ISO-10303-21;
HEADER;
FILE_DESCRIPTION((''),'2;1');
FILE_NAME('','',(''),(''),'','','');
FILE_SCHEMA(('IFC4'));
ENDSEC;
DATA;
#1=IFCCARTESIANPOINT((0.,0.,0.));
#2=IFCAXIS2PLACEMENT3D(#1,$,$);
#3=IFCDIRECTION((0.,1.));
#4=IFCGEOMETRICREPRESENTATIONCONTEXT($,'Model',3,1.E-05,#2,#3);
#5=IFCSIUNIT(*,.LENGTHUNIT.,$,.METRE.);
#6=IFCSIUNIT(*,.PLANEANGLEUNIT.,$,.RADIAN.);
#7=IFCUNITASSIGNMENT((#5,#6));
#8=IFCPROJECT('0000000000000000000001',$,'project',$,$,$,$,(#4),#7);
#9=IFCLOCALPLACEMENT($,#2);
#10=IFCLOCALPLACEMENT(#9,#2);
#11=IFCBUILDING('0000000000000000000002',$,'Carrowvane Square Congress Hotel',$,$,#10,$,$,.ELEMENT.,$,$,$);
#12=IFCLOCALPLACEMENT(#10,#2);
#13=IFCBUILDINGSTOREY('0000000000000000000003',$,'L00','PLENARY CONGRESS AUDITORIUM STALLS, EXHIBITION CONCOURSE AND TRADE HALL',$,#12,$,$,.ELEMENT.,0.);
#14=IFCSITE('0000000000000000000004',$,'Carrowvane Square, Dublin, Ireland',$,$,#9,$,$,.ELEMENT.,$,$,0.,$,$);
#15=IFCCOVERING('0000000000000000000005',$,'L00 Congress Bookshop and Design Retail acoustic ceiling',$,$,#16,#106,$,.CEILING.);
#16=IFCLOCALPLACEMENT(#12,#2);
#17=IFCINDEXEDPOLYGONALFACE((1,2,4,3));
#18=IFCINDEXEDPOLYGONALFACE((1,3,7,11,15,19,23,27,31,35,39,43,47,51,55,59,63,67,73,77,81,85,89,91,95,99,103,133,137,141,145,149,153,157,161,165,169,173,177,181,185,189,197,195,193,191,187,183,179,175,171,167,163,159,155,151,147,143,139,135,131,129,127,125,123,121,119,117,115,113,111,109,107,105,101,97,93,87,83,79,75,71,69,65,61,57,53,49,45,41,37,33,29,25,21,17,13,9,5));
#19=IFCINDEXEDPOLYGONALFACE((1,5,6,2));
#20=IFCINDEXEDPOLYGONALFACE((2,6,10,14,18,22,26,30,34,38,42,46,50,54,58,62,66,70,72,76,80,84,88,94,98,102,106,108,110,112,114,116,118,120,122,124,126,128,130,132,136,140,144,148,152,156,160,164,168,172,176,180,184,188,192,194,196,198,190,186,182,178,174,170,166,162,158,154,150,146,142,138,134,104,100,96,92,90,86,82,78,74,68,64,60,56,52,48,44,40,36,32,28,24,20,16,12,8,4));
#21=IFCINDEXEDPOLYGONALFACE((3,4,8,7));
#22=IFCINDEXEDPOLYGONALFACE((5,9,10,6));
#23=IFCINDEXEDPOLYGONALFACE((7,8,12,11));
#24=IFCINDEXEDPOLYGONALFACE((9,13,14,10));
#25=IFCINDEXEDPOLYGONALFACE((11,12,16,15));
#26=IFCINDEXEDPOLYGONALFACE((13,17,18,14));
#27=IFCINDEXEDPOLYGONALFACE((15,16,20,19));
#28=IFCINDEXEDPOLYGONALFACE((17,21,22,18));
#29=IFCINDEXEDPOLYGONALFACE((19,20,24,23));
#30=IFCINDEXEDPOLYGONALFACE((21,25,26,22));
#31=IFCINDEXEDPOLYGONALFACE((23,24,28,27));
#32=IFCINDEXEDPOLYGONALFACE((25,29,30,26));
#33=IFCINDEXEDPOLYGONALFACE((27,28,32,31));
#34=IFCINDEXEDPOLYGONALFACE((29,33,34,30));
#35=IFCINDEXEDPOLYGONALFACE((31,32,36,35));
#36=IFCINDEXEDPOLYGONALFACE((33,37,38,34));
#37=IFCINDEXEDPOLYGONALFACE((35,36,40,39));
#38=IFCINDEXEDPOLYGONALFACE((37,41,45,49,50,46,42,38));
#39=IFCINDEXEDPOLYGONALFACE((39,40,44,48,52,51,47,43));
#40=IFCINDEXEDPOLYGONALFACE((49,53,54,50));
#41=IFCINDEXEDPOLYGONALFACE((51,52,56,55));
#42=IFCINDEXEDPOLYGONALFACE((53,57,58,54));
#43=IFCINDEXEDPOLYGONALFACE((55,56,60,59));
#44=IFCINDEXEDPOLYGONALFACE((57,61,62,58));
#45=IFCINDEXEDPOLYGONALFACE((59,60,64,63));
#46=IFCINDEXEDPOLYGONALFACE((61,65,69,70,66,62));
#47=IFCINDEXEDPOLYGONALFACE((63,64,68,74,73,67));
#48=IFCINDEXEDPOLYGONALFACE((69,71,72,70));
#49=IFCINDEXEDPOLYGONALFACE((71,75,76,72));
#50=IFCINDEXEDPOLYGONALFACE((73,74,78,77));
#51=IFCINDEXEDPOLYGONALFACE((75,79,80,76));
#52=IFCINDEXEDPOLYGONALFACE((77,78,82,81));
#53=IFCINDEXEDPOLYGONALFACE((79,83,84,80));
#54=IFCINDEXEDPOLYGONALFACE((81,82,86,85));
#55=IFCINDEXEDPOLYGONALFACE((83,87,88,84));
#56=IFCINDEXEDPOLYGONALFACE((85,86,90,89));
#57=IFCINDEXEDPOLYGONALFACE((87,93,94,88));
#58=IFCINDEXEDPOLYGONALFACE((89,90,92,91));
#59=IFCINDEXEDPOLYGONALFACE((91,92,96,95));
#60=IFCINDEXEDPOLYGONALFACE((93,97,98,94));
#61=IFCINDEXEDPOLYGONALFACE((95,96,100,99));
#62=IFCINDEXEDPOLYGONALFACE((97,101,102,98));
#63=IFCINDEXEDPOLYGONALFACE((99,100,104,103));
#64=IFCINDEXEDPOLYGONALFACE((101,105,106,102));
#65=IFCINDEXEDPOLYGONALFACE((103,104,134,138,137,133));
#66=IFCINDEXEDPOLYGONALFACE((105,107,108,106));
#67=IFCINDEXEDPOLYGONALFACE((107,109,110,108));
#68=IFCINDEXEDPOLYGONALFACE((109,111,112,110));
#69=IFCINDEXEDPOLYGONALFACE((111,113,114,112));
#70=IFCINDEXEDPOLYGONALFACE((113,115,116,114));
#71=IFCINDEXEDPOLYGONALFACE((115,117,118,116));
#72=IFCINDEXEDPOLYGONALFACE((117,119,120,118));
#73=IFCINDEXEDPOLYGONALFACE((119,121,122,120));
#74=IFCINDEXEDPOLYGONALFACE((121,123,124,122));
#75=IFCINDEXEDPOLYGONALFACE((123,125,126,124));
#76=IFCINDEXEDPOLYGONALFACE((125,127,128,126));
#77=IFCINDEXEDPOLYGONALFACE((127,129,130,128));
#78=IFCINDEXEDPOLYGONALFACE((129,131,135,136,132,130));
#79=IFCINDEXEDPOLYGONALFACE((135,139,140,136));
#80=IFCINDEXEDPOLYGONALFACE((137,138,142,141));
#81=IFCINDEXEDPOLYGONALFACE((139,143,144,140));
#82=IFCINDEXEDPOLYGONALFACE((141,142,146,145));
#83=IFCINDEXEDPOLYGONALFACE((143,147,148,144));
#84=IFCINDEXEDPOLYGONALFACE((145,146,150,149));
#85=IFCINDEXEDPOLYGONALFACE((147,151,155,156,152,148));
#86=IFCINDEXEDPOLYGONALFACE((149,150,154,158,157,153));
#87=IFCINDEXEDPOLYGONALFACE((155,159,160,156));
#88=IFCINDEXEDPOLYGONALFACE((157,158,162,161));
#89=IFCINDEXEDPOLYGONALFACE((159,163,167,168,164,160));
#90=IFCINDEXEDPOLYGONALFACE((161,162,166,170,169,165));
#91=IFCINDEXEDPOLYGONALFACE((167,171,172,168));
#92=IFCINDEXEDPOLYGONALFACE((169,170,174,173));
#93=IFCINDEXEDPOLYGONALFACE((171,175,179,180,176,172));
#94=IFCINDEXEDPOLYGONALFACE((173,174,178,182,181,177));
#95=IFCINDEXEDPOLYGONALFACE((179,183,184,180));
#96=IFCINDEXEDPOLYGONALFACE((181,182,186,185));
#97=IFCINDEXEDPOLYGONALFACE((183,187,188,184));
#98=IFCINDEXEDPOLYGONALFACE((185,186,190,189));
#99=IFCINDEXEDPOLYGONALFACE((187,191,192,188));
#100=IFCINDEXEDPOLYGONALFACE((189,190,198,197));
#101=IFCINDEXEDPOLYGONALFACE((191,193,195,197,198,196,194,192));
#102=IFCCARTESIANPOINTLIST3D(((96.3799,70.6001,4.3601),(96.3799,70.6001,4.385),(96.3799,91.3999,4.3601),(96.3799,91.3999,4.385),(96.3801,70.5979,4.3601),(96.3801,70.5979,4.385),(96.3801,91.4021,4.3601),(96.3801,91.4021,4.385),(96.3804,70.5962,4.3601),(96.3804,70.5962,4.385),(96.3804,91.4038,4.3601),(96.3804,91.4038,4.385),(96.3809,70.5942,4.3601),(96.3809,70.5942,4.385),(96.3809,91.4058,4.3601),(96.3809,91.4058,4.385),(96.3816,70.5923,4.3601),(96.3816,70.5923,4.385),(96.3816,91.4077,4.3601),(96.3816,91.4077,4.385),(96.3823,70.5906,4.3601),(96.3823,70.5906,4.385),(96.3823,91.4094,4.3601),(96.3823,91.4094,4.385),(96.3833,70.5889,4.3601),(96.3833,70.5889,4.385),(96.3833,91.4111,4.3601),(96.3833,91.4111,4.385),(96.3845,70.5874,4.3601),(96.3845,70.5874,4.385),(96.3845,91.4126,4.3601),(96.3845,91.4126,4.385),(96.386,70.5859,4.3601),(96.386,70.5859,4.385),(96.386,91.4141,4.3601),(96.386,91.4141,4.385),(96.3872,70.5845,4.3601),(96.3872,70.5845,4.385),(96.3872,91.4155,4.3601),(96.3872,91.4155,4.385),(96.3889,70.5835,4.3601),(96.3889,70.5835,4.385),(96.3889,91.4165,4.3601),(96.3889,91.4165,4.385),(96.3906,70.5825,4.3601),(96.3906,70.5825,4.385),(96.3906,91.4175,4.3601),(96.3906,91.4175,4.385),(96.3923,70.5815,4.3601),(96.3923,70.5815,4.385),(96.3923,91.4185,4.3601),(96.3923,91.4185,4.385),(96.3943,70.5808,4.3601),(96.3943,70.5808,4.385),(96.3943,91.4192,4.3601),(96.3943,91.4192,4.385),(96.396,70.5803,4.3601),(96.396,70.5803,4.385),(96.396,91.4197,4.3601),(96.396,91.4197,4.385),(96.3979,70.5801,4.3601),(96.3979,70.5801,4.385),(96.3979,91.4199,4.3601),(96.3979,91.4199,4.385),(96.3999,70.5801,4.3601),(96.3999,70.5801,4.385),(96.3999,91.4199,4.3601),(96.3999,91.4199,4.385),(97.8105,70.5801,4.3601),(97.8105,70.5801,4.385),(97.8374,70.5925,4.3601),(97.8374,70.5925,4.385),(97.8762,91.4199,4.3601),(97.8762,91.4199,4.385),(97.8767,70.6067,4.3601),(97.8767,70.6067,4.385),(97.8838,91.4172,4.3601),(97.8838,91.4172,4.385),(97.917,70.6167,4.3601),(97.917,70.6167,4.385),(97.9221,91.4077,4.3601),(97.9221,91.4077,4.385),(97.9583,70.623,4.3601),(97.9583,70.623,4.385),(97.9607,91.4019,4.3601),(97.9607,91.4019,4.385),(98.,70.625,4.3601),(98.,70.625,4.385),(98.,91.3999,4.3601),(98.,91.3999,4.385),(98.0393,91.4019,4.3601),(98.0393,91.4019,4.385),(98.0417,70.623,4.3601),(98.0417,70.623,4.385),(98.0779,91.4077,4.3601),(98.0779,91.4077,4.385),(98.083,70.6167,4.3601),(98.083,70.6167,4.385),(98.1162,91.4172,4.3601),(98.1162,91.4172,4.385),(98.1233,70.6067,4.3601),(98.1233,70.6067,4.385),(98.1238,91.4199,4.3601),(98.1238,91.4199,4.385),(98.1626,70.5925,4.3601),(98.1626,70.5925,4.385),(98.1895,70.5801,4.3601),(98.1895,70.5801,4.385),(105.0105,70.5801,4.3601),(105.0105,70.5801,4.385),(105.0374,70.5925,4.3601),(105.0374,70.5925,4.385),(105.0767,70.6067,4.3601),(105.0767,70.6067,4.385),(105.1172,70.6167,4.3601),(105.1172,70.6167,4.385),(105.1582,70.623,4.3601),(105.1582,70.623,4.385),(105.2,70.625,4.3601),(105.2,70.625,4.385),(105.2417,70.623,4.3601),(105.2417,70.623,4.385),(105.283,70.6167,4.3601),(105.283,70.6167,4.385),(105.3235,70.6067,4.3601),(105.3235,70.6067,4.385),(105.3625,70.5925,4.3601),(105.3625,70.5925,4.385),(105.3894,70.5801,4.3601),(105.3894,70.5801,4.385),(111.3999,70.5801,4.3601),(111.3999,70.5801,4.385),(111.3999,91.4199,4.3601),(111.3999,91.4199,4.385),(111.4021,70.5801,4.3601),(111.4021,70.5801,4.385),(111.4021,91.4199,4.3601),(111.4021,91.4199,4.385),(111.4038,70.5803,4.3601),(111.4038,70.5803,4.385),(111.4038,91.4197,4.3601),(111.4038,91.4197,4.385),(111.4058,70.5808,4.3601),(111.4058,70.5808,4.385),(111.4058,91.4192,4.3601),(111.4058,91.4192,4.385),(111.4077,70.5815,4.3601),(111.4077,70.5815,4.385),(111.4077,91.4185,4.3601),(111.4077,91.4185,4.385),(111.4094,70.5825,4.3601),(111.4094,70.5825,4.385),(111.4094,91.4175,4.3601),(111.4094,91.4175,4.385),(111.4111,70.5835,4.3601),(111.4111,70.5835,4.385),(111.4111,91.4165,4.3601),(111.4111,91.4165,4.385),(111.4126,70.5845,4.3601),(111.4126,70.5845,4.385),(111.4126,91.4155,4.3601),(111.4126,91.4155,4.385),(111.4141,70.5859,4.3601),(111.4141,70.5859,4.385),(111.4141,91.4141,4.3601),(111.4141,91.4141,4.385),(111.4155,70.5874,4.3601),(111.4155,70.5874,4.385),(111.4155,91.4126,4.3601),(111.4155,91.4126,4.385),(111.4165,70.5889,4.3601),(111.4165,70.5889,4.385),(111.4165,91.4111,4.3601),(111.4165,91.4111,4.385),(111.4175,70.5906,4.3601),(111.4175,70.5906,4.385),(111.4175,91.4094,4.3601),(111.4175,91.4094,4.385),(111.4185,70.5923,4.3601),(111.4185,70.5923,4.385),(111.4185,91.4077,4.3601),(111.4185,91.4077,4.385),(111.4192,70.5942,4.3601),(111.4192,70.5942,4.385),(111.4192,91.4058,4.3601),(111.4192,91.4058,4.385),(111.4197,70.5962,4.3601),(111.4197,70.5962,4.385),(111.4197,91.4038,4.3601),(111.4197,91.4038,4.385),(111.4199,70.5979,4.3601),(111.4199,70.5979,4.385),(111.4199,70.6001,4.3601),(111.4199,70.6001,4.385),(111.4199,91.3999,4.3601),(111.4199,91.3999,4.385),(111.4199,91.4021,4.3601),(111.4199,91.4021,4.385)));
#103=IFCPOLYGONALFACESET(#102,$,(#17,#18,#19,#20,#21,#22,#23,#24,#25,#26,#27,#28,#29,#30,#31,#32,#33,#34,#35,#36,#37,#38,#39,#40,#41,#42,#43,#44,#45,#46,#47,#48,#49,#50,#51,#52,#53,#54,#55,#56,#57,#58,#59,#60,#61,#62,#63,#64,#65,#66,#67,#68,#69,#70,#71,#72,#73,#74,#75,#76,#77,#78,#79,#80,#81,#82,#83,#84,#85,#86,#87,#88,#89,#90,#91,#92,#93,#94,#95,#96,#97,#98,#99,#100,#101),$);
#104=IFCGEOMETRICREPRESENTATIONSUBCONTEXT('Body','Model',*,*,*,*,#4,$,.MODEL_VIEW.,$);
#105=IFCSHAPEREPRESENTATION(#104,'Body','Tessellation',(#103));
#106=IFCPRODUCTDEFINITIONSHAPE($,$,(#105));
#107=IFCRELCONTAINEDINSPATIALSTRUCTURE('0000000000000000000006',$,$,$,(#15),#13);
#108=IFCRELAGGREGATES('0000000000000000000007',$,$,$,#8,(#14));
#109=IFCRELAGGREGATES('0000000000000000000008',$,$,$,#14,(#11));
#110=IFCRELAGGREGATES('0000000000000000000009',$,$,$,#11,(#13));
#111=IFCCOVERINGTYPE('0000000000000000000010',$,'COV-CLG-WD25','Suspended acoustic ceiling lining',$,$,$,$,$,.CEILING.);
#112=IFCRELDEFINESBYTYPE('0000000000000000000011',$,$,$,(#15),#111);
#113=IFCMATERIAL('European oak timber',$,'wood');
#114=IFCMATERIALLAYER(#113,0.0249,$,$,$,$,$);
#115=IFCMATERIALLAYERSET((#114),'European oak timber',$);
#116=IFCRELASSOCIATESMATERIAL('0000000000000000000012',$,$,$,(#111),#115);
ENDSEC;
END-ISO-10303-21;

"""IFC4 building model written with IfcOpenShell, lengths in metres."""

from ifc_helpers import new_model, si_unit, direction, frame, origin, place, context, subcontext, project, spatial, polyline, outline, extrude, material, layer, layer_set, type_object, element, save


model = new_model("IFC4")

# Units and contexts
model_context = context("Model", 3, precision=1e-05, world=origin(), true_north=direction((0.0, 1.0)))
body_context = subcontext(model_context, "Body", "Model", "MODEL_VIEW")
ifc_project = project(units=[si_unit("LENGTHUNIT", "METRE"), si_unit("PLANEANGLEUNIT", "RADIAN")], contexts=[model_context])

# Site, building, storey
site_placement = place(None, origin())
site = spatial("IfcSite", under=ifc_project, at=site_placement, Name="Carrowvane Square, Dublin, Ireland", CompositionType="ELEMENT", RefElevation=0.0)
building_placement = place(site_placement, origin())
building = spatial("IfcBuilding", under=site, at=building_placement, Name="Carrowvane Square Congress Hotel", CompositionType="ELEMENT")
storey_placement = place(building_placement, origin())
storey = spatial("IfcBuildingStorey", under=building, at=storey_placement, Name="L00", Description="PLENARY CONGRESS AUDITORIUM STALLS, EXHIBITION CONCOURSE AND TRADE HALL", CompositionType="ELEMENT", Elevation=0.0)

# Covering
ifc_material_1 = material(Name="European oak timber", Category="wood")
ifc_layer_1 = layer(ifc_material_1, 0.0249)
ifc_layer_set_1 = layer_set([ifc_layer_1], Name="European oak timber")
covering_type_1 = type_object("IfcCoveringType", Name="COV-CLG-WD25", Description="Suspended acoustic ceiling lining", PredefinedType="CEILING", material=ifc_layer_set_1)
covering_1_placement = place(storey_placement, frame((0.0, 0.0, 4.3601)))
element("IfcCovering", 1, at=covering_1_placement, inside=storey, type_object=covering_type_1, Name="L00 Congress Bookshop and Design Retail acoustic ceiling", PredefinedType="CEILING", context=body_context, shape_type="SweptSolid", body=[
    extrude(outline(polyline([(111.4192, 91.4058), (111.4197, 91.4038), (111.4199, 91.4021), (111.4199, 91.3999), (111.4199, 70.6001), (111.4199, 70.5979), (111.4197, 70.5962), (111.4192, 70.5942), (111.4185, 70.5923), (111.4175, 70.5906), (111.4165, 70.5889), (111.4155, 70.5874), (111.4141, 70.5859), (111.4126, 70.5845), (111.4111, 70.5835), (111.4094, 70.5825), (111.4077, 70.5815), (111.4058, 70.5808), (111.4038, 70.5803), (111.4021, 70.5801), (111.3999, 70.5801), (105.3894, 70.5801), (105.3625, 70.5925), (105.3235, 70.6067), (105.283, 70.6167), (105.2417, 70.623), (105.2, 70.625), (105.1582, 70.623), (105.1172, 70.6167), (105.0767, 70.6067), (105.0374, 70.5925), (105.0105, 70.5801), (98.1895, 70.5801), (98.1626, 70.5925), (98.1233, 70.6067), (98.083, 70.6167), (98.0417, 70.623), (98.0, 70.625), (97.9583, 70.623), (97.917, 70.6167), (97.8767, 70.6067), (97.8374, 70.5925), (97.8105, 70.5801), (96.3999, 70.5801), (96.3979, 70.5801), (96.396, 70.5803), (96.3943, 70.5808), (96.3923, 70.5815), (96.3906, 70.5825), (96.3889, 70.5835), (96.3872, 70.5845), (96.386, 70.5859), (96.3845, 70.5874), (96.3833, 70.5889), (96.3823, 70.5906), (96.3816, 70.5923), (96.3809, 70.5942), (96.3804, 70.5962), (96.3801, 70.5979), (96.3799, 70.6001), (96.3799, 91.3999), (96.3801, 91.4021), (96.3804, 91.4038), (96.3809, 91.4058), (96.3816, 91.4077), (96.3823, 91.4094), (96.3833, 91.4111), (96.3845, 91.4126), (96.386, 91.4141), (96.3872, 91.4155), (96.3889, 91.4165), (96.3906, 91.4175), (96.3923, 91.4185), (96.3943, 91.4192), (96.396, 91.4197), (96.3979, 91.4199), (96.3999, 91.4199), (97.8762, 91.4199), (97.8838, 91.4172), (97.9221, 91.4077), (97.9607, 91.4019), (98.0, 91.3999), (98.0393, 91.4019), (98.0779, 91.4077), (98.1162, 91.4172), (98.1238, 91.4199), (111.3999, 91.4199), (111.4021, 91.4199), (111.4038, 91.4197), (111.4058, 91.4192), (111.4077, 91.4185), (111.4094, 91.4175), (111.4111, 91.4165), (111.4126, 91.4155), (111.4141, 91.4141), (111.4155, 91.4126), (111.4165, 91.4111), (111.4175, 91.4094), (111.4185, 91.4077), (111.4192, 91.4058)])), origin(), (0.0, 0.0, 1.0), 0.0249),
])

save(model, "model.ifc")
